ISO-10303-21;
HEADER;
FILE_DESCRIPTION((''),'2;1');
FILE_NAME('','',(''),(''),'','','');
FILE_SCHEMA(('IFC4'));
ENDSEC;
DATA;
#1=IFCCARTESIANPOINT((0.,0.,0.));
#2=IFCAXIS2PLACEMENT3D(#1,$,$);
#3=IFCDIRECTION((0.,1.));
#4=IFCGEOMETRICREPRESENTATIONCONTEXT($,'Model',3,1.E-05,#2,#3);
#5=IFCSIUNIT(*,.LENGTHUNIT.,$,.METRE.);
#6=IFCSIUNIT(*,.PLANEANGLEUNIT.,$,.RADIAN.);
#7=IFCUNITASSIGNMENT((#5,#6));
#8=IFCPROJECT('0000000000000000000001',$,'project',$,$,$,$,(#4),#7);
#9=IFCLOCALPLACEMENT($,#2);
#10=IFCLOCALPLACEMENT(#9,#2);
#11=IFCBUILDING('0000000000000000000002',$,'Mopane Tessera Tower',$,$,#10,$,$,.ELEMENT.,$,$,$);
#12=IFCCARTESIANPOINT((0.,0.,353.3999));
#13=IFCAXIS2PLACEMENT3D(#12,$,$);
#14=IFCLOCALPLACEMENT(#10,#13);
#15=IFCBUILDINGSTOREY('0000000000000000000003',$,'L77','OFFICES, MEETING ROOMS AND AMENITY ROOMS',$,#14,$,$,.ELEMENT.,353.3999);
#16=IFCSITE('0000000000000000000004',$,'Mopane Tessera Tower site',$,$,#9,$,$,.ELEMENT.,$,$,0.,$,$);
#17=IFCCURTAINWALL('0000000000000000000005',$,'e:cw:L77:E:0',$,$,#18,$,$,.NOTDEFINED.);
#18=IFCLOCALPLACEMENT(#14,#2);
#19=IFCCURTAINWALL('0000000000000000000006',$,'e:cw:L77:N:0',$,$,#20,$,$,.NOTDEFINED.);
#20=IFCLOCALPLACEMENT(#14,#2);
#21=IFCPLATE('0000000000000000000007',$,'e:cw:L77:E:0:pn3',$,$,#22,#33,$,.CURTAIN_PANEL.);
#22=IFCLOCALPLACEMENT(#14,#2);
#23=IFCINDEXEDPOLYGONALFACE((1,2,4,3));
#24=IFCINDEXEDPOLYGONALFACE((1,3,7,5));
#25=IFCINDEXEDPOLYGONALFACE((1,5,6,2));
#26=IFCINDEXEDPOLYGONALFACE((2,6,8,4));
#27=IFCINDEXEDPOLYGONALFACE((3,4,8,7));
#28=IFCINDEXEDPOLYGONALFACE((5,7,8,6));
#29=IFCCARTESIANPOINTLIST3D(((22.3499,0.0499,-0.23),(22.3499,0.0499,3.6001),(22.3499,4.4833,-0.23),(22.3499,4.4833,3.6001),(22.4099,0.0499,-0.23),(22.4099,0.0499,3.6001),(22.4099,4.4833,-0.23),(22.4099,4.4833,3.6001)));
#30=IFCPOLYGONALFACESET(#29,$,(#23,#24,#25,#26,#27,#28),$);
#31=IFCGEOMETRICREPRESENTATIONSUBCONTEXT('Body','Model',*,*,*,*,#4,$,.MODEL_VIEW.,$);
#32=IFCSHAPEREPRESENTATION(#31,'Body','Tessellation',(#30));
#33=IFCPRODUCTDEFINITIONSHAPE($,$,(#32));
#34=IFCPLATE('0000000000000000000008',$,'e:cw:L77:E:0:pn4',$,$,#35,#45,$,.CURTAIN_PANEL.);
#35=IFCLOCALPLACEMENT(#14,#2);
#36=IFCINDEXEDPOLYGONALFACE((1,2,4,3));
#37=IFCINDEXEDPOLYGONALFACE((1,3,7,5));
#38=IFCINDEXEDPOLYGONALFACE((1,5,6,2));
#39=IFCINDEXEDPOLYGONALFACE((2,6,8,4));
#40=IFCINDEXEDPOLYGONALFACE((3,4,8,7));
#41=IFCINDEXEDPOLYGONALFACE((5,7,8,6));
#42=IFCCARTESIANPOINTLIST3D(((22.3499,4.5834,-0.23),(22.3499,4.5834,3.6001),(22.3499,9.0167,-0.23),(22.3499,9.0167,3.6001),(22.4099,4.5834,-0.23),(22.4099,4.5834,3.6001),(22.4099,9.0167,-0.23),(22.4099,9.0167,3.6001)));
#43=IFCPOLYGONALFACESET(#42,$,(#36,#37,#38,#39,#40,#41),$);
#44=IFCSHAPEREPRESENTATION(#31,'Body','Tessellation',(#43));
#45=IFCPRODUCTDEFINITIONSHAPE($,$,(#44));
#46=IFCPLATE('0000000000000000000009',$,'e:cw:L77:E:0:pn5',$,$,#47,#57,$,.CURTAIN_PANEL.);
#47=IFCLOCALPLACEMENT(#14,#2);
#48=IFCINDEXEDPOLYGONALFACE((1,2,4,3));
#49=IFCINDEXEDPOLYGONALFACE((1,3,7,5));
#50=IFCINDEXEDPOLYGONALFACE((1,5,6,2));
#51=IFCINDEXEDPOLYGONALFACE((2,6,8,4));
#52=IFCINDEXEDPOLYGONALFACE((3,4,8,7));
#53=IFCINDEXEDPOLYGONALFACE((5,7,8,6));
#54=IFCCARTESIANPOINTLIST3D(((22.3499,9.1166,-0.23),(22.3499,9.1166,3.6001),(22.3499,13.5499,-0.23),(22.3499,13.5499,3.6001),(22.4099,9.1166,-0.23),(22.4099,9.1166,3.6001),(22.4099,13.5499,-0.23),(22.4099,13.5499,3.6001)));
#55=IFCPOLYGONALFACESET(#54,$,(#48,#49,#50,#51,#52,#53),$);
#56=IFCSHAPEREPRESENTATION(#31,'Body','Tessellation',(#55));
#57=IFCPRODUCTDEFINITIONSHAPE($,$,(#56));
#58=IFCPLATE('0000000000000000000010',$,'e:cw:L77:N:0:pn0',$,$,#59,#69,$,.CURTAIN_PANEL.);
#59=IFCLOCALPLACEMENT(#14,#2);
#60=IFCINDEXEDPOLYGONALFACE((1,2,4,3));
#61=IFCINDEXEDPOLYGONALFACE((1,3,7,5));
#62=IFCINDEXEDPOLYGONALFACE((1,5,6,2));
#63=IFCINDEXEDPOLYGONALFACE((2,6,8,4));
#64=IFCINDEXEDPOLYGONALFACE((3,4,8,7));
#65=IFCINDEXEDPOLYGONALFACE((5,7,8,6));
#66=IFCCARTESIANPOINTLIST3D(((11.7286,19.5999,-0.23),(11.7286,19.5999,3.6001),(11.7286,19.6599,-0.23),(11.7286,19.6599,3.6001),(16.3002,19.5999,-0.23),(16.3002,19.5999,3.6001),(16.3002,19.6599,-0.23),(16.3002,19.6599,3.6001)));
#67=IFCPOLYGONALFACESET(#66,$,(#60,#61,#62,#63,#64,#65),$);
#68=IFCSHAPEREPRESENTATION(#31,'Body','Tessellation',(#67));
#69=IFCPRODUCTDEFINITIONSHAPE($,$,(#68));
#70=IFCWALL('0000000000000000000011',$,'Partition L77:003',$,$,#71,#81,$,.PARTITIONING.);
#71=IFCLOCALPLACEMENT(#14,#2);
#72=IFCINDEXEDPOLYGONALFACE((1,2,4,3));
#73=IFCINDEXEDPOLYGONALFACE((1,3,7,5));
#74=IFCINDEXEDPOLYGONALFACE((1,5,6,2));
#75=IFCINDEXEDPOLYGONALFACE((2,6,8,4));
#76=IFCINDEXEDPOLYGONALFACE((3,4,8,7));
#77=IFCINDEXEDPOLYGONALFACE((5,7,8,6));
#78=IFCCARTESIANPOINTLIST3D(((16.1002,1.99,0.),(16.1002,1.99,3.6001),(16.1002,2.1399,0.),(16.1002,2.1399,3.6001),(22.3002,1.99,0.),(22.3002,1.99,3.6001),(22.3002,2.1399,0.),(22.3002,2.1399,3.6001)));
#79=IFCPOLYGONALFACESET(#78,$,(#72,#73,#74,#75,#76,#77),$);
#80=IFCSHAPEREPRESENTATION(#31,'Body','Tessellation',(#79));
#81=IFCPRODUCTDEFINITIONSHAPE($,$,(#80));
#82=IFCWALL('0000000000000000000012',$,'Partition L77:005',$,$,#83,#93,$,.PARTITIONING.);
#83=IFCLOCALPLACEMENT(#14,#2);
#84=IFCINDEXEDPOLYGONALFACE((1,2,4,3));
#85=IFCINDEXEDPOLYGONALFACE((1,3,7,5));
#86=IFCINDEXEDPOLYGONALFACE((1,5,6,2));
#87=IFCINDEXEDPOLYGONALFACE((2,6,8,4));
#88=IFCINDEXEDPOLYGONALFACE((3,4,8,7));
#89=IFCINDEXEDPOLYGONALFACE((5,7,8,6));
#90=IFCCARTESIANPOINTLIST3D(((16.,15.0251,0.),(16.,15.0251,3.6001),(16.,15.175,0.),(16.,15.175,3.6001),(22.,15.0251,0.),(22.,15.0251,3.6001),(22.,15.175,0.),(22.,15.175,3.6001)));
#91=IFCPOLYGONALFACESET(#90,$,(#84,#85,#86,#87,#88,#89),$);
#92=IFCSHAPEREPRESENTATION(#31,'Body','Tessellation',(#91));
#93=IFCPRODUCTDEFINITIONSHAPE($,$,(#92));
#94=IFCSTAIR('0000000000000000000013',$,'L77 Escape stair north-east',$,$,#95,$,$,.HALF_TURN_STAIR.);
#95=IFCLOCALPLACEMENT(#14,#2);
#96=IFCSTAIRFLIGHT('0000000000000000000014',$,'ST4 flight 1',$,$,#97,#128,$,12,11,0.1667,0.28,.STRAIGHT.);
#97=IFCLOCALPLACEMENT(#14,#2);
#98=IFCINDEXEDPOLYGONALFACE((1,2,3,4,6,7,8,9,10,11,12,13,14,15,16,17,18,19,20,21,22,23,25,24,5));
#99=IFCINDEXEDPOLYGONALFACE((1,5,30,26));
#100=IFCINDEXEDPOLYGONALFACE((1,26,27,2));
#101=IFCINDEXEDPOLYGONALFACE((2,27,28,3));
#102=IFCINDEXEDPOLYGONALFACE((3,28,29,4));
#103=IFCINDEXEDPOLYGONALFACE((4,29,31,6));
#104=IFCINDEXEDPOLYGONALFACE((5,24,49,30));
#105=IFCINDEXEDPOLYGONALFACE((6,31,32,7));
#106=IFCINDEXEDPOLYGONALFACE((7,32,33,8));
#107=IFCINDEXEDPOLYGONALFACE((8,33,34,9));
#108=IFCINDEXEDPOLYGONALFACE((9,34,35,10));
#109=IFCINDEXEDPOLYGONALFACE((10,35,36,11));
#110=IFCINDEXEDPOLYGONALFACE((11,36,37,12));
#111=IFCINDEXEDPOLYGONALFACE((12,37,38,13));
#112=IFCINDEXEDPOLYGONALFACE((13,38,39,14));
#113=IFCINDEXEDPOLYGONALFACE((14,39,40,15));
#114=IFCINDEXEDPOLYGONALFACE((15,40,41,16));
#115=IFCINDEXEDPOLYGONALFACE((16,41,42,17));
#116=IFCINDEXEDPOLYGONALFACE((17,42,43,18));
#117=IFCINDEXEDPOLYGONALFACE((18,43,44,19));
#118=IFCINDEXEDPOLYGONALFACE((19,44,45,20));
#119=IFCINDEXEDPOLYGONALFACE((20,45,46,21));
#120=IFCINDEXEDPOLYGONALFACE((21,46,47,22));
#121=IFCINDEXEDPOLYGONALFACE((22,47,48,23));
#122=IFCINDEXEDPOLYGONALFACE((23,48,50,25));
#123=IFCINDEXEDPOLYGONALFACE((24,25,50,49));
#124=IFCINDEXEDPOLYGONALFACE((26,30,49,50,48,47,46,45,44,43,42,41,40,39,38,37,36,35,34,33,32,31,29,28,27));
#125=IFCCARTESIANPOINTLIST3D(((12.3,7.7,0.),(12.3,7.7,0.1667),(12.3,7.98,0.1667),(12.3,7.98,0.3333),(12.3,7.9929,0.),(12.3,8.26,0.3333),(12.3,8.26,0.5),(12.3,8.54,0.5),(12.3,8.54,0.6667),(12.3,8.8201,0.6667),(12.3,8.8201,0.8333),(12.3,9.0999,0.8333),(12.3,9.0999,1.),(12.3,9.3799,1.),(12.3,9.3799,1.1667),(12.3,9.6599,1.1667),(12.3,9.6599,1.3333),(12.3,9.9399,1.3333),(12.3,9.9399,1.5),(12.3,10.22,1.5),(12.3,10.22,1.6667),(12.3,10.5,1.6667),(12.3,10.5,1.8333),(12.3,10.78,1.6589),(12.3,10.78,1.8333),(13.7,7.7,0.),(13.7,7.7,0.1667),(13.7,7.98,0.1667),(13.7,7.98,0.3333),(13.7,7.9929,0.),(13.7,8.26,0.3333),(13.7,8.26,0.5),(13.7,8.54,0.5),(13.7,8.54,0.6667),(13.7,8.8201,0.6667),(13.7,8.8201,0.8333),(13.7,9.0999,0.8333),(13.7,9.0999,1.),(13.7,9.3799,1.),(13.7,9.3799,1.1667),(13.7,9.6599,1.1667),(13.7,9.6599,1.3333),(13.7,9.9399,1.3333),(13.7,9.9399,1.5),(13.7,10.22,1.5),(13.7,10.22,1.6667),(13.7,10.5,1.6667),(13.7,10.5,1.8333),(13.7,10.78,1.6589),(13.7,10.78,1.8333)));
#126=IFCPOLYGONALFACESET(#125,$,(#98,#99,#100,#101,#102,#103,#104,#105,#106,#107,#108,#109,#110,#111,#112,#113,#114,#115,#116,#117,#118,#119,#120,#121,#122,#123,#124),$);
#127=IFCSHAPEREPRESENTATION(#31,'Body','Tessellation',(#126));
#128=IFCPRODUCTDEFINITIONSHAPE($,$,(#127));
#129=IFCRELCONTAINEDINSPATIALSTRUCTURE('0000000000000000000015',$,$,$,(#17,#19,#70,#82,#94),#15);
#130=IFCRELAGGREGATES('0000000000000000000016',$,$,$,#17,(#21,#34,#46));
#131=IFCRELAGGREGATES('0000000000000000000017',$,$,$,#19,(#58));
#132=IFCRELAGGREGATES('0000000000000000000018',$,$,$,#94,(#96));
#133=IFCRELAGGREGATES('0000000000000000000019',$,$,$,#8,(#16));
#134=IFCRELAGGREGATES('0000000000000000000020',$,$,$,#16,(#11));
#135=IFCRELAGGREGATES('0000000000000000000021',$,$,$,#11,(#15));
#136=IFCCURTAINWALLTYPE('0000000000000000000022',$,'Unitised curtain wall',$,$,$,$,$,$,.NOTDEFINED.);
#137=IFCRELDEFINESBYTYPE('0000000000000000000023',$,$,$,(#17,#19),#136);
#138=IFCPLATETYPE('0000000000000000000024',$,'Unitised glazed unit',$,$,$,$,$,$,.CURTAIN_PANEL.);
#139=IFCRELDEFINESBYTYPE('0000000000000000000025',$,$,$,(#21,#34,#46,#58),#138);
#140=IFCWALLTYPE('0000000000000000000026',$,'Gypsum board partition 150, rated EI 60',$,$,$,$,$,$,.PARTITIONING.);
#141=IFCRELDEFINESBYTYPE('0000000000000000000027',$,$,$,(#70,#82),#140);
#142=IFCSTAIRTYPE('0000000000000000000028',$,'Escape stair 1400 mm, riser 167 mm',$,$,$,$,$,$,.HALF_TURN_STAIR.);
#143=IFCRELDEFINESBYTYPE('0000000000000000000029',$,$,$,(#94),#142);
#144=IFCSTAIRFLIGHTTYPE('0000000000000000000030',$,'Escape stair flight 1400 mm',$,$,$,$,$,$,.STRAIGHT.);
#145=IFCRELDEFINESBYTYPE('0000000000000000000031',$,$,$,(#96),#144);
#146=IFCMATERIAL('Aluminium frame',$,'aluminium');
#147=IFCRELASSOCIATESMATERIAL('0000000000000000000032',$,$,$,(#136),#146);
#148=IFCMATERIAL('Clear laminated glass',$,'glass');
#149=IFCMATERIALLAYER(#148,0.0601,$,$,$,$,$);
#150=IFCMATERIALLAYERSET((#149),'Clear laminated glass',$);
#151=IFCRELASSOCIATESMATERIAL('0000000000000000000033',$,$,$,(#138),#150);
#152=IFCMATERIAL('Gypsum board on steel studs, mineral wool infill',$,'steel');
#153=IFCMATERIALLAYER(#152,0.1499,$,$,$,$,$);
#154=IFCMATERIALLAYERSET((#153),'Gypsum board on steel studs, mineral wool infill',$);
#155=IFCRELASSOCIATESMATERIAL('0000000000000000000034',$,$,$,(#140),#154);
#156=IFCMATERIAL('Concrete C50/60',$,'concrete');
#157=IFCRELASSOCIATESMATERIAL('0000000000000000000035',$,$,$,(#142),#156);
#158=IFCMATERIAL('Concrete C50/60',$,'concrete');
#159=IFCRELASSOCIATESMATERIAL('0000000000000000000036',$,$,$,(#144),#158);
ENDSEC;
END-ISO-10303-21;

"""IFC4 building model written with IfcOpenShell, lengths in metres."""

from ifc_helpers import new_model, si_unit, direction, frame, frame_2d, origin, origin_2d, place, context, subcontext, project, spatial, polyline, rectangle, outline, extrude, material, layer, layer_set, type_object, element, aggregate, save


model = new_model("IFC4")

# Units and contexts
model_context = context("Model", 3, precision=1e-05, world=origin(), true_north=direction((0.0, 1.0)))
body_context = subcontext(model_context, "Body", "Model", "MODEL_VIEW")
ifc_project = project(units=[si_unit("LENGTHUNIT", "METRE"), si_unit("PLANEANGLEUNIT", "RADIAN")], contexts=[model_context])

# Site, building, storey
site_placement = place(None, origin())
site = spatial("IfcSite", under=ifc_project, at=site_placement, Name="Mopane Tessera Tower site", CompositionType="ELEMENT", RefElevation=0.0)
building_placement = place(site_placement, origin())
building = spatial("IfcBuilding", under=site, at=building_placement, Name="Mopane Tessera Tower", CompositionType="ELEMENT")
storey_placement = place(building_placement, frame((0.0, 0.0, 353.3999)))
storey = spatial("IfcBuildingStorey", under=building, at=storey_placement, Name="L77", Description="OFFICES, MEETING ROOMS AND AMENITY ROOMS", CompositionType="ELEMENT", Elevation=353.3999)

# Curtain walls
ifc_material_1 = material(Name="Aluminium frame", Category="aluminium")
curtain_wall_type = type_object("IfcCurtainWallType", Name="Unitised curtain wall", PredefinedType="NOTDEFINED", material=ifc_material_1)
curtain_wall_1_placement = place(storey_placement, origin())
curtain_wall_1 = element("IfcCurtainWall", 1, at=curtain_wall_1_placement, inside=storey, type_object=curtain_wall_type, Name="e:cw:L77:E:0", PredefinedType="NOTDEFINED")
curtain_wall_2_placement = place(storey_placement, origin())
curtain_wall_2 = element("IfcCurtainWall", 2, at=curtain_wall_2_placement, inside=storey, type_object=curtain_wall_type, Name="e:cw:L77:N:0", PredefinedType="NOTDEFINED")

# Plates
ifc_material_2 = material(Name="Clear laminated glass", Category="glass")
ifc_layer_1 = layer(ifc_material_2, 0.0601)
ifc_layer_set_1 = layer_set([ifc_layer_1], Name="Clear laminated glass")
plate_type = type_object("IfcPlateType", Name="Unitised glazed unit", PredefinedType="CURTAIN_PANEL", material=ifc_layer_set_1)
plate_1_placement = place(storey_placement, frame((22.3799, 2.2666, -0.23), z_axis=(0.0, 0.0, 1.0), x_axis=(0.0, 1.0, 0.0)))
plate_1 = element("IfcPlate", 3, at=plate_1_placement, type_object=plate_type, Name="e:cw:L77:E:0:pn3", PredefinedType="CURTAIN_PANEL", context=body_context, shape_type="SweptSolid", body=[
    extrude(rectangle(XDim=4.4333, YDim=0.0601, at=origin_2d()), origin(), (0.0, 0.0, 1.0), 3.8301),
])
plate_2_placement = place(storey_placement, frame((22.3799, 6.8, -0.23), z_axis=(0.0, 0.0, 1.0), x_axis=(0.0, 1.0, 0.0)))
plate_2 = element("IfcPlate", 4, at=plate_2_placement, type_object=plate_type, Name="e:cw:L77:E:0:pn4", PredefinedType="CURTAIN_PANEL", context=body_context, shape_type="SweptSolid", body=[
    extrude(rectangle(XDim=4.4333, YDim=0.0601, at=origin_2d()), origin(), (0.0, 0.0, 1.0), 3.8301),
])
plate_3_placement = place(storey_placement, frame((22.3799, 11.3333, -0.23), z_axis=(0.0, 0.0, 1.0), x_axis=(0.0, 1.0, 0.0)))
plate_3 = element("IfcPlate", 5, at=plate_3_placement, type_object=plate_type, Name="e:cw:L77:E:0:pn5", PredefinedType="CURTAIN_PANEL", context=body_context, shape_type="SweptSolid", body=[
    extrude(rectangle(XDim=4.4333, YDim=0.0601, at=origin_2d()), origin(), (0.0, 0.0, 1.0), 3.8301),
])
aggregate(curtain_wall_1, [plate_1, plate_2, plate_3])
plate_4_placement = place(storey_placement, frame((14.0144, 19.6299, -0.23), z_axis=(0.0, 0.0, 1.0), x_axis=(-1.0, 0.0, 0.0)))
plate_4 = element("IfcPlate", 6, at=plate_4_placement, type_object=plate_type, Name="e:cw:L77:N:0:pn0", PredefinedType="CURTAIN_PANEL", context=body_context, shape_type="SweptSolid", body=[
    extrude(rectangle(XDim=4.5715, YDim=0.0601, at=origin_2d()), origin(), (0.0, 0.0, 1.0), 3.8301),
])
aggregate(curtain_wall_2, [plate_4])

# Walls
ifc_material_3 = material(Name="Gypsum board on steel studs, mineral wool infill", Category="steel")
ifc_layer_2 = layer(ifc_material_3, 0.1499)
ifc_layer_set_2 = layer_set([ifc_layer_2], Name="Gypsum board on steel studs, mineral wool infill")
wall_type = type_object("IfcWallType", Name="Gypsum board partition 150, rated EI 60", PredefinedType="PARTITIONING", material=ifc_layer_set_2)
wall_1_placement = place(storey_placement, frame((16.1001, 2.0649, 0.0), z_axis=(0.0, 0.0, 1.0), x_axis=(1.0, 0.0, 0.0)))
element("IfcWall", 7, at=wall_1_placement, inside=storey, type_object=wall_type, Name="Partition L77:003", PredefinedType="PARTITIONING", context=body_context, shape_type="SweptSolid", body=[
    extrude(rectangle(XDim=6.2, YDim=0.1499, at=frame_2d((3.1001, 0.0))), origin(), (0.0, 0.0, 1.0), 3.6001),
])
wall_2_placement = place(storey_placement, frame((16.0, 15.1001, 0.0), z_axis=(0.0, 0.0, 1.0), x_axis=(1.0, 0.0, 0.0)))
element("IfcWall", 8, at=wall_2_placement, inside=storey, type_object=wall_type, Name="Partition L77:005", PredefinedType="PARTITIONING", context=body_context, shape_type="SweptSolid", body=[
    extrude(rectangle(XDim=6.0, YDim=0.1499, at=frame_2d((3.0, 0.0))), origin(), (0.0, 0.0, 1.0), 3.6001),
])

# Stair, stair flight
ifc_material_4 = material(Name="Concrete C50/60", Category="concrete")
stair_type = type_object("IfcStairType", Name="Escape stair 1400 mm, riser 167 mm", PredefinedType="HALF_TURN_STAIR", material=ifc_material_4)
stair_placement = place(storey_placement, origin())
stair = element("IfcStair", 9, at=stair_placement, inside=storey, type_object=stair_type, Name="L77 Escape stair north-east", PredefinedType="HALF_TURN_STAIR")
ifc_material_5 = material(Name="Concrete C50/60", Category="concrete")
stair_flight_type = type_object("IfcStairFlightType", Name="Escape stair flight 1400 mm", PredefinedType="STRAIGHT", material=ifc_material_5)
stair_flight_placement = place(storey_placement, frame((13.0, 7.7, 0.0), z_axis=(0.0, 0.0, 1.0), x_axis=(0.0, 1.0, 0.0)))
stair_flight = element("IfcStairFlight", 10, at=stair_flight_placement, type_object=stair_flight_type, Name="ST4 flight 1", NumberOfRisers=12, NumberOfTreads=11, PredefinedType="STRAIGHT", RiserHeight=0.1667, TreadLength=0.28, context=body_context, shape_type="SweptSolid", body=[
    extrude(outline(polyline([(0.0, 0.0), (0.0, 0.1667), (0.28, 0.1667), (0.28, 0.3333), (0.5601, 0.3333), (0.5601, 0.5), (0.8401, 0.5), (0.8401, 0.6667), (1.1201, 0.6667), (1.1201, 0.8333), (1.3999, 0.8333), (1.3999, 1.0), (1.6799, 1.0), (1.6799, 1.1667), (1.96, 1.1667), (1.96, 1.3333), (2.24, 1.3333), (2.24, 1.5), (2.52, 1.5), (2.52, 1.6667), (2.8, 1.6667), (2.8, 1.8333), (3.0801, 1.8333), (3.0801, 2.0), (3.0801, 1.6589), (0.293, 0.0), (0.0, 0.0)])), frame((0.0, 0.7, 0.0), z_axis=(0.0, -1.0, 0.0), x_axis=(1.0, 0.0, 0.0)), (0.0, 0.0, 1.0), 1.3999),
])
aggregate(stair, [stair_flight])

save(model, "model.ifc")
